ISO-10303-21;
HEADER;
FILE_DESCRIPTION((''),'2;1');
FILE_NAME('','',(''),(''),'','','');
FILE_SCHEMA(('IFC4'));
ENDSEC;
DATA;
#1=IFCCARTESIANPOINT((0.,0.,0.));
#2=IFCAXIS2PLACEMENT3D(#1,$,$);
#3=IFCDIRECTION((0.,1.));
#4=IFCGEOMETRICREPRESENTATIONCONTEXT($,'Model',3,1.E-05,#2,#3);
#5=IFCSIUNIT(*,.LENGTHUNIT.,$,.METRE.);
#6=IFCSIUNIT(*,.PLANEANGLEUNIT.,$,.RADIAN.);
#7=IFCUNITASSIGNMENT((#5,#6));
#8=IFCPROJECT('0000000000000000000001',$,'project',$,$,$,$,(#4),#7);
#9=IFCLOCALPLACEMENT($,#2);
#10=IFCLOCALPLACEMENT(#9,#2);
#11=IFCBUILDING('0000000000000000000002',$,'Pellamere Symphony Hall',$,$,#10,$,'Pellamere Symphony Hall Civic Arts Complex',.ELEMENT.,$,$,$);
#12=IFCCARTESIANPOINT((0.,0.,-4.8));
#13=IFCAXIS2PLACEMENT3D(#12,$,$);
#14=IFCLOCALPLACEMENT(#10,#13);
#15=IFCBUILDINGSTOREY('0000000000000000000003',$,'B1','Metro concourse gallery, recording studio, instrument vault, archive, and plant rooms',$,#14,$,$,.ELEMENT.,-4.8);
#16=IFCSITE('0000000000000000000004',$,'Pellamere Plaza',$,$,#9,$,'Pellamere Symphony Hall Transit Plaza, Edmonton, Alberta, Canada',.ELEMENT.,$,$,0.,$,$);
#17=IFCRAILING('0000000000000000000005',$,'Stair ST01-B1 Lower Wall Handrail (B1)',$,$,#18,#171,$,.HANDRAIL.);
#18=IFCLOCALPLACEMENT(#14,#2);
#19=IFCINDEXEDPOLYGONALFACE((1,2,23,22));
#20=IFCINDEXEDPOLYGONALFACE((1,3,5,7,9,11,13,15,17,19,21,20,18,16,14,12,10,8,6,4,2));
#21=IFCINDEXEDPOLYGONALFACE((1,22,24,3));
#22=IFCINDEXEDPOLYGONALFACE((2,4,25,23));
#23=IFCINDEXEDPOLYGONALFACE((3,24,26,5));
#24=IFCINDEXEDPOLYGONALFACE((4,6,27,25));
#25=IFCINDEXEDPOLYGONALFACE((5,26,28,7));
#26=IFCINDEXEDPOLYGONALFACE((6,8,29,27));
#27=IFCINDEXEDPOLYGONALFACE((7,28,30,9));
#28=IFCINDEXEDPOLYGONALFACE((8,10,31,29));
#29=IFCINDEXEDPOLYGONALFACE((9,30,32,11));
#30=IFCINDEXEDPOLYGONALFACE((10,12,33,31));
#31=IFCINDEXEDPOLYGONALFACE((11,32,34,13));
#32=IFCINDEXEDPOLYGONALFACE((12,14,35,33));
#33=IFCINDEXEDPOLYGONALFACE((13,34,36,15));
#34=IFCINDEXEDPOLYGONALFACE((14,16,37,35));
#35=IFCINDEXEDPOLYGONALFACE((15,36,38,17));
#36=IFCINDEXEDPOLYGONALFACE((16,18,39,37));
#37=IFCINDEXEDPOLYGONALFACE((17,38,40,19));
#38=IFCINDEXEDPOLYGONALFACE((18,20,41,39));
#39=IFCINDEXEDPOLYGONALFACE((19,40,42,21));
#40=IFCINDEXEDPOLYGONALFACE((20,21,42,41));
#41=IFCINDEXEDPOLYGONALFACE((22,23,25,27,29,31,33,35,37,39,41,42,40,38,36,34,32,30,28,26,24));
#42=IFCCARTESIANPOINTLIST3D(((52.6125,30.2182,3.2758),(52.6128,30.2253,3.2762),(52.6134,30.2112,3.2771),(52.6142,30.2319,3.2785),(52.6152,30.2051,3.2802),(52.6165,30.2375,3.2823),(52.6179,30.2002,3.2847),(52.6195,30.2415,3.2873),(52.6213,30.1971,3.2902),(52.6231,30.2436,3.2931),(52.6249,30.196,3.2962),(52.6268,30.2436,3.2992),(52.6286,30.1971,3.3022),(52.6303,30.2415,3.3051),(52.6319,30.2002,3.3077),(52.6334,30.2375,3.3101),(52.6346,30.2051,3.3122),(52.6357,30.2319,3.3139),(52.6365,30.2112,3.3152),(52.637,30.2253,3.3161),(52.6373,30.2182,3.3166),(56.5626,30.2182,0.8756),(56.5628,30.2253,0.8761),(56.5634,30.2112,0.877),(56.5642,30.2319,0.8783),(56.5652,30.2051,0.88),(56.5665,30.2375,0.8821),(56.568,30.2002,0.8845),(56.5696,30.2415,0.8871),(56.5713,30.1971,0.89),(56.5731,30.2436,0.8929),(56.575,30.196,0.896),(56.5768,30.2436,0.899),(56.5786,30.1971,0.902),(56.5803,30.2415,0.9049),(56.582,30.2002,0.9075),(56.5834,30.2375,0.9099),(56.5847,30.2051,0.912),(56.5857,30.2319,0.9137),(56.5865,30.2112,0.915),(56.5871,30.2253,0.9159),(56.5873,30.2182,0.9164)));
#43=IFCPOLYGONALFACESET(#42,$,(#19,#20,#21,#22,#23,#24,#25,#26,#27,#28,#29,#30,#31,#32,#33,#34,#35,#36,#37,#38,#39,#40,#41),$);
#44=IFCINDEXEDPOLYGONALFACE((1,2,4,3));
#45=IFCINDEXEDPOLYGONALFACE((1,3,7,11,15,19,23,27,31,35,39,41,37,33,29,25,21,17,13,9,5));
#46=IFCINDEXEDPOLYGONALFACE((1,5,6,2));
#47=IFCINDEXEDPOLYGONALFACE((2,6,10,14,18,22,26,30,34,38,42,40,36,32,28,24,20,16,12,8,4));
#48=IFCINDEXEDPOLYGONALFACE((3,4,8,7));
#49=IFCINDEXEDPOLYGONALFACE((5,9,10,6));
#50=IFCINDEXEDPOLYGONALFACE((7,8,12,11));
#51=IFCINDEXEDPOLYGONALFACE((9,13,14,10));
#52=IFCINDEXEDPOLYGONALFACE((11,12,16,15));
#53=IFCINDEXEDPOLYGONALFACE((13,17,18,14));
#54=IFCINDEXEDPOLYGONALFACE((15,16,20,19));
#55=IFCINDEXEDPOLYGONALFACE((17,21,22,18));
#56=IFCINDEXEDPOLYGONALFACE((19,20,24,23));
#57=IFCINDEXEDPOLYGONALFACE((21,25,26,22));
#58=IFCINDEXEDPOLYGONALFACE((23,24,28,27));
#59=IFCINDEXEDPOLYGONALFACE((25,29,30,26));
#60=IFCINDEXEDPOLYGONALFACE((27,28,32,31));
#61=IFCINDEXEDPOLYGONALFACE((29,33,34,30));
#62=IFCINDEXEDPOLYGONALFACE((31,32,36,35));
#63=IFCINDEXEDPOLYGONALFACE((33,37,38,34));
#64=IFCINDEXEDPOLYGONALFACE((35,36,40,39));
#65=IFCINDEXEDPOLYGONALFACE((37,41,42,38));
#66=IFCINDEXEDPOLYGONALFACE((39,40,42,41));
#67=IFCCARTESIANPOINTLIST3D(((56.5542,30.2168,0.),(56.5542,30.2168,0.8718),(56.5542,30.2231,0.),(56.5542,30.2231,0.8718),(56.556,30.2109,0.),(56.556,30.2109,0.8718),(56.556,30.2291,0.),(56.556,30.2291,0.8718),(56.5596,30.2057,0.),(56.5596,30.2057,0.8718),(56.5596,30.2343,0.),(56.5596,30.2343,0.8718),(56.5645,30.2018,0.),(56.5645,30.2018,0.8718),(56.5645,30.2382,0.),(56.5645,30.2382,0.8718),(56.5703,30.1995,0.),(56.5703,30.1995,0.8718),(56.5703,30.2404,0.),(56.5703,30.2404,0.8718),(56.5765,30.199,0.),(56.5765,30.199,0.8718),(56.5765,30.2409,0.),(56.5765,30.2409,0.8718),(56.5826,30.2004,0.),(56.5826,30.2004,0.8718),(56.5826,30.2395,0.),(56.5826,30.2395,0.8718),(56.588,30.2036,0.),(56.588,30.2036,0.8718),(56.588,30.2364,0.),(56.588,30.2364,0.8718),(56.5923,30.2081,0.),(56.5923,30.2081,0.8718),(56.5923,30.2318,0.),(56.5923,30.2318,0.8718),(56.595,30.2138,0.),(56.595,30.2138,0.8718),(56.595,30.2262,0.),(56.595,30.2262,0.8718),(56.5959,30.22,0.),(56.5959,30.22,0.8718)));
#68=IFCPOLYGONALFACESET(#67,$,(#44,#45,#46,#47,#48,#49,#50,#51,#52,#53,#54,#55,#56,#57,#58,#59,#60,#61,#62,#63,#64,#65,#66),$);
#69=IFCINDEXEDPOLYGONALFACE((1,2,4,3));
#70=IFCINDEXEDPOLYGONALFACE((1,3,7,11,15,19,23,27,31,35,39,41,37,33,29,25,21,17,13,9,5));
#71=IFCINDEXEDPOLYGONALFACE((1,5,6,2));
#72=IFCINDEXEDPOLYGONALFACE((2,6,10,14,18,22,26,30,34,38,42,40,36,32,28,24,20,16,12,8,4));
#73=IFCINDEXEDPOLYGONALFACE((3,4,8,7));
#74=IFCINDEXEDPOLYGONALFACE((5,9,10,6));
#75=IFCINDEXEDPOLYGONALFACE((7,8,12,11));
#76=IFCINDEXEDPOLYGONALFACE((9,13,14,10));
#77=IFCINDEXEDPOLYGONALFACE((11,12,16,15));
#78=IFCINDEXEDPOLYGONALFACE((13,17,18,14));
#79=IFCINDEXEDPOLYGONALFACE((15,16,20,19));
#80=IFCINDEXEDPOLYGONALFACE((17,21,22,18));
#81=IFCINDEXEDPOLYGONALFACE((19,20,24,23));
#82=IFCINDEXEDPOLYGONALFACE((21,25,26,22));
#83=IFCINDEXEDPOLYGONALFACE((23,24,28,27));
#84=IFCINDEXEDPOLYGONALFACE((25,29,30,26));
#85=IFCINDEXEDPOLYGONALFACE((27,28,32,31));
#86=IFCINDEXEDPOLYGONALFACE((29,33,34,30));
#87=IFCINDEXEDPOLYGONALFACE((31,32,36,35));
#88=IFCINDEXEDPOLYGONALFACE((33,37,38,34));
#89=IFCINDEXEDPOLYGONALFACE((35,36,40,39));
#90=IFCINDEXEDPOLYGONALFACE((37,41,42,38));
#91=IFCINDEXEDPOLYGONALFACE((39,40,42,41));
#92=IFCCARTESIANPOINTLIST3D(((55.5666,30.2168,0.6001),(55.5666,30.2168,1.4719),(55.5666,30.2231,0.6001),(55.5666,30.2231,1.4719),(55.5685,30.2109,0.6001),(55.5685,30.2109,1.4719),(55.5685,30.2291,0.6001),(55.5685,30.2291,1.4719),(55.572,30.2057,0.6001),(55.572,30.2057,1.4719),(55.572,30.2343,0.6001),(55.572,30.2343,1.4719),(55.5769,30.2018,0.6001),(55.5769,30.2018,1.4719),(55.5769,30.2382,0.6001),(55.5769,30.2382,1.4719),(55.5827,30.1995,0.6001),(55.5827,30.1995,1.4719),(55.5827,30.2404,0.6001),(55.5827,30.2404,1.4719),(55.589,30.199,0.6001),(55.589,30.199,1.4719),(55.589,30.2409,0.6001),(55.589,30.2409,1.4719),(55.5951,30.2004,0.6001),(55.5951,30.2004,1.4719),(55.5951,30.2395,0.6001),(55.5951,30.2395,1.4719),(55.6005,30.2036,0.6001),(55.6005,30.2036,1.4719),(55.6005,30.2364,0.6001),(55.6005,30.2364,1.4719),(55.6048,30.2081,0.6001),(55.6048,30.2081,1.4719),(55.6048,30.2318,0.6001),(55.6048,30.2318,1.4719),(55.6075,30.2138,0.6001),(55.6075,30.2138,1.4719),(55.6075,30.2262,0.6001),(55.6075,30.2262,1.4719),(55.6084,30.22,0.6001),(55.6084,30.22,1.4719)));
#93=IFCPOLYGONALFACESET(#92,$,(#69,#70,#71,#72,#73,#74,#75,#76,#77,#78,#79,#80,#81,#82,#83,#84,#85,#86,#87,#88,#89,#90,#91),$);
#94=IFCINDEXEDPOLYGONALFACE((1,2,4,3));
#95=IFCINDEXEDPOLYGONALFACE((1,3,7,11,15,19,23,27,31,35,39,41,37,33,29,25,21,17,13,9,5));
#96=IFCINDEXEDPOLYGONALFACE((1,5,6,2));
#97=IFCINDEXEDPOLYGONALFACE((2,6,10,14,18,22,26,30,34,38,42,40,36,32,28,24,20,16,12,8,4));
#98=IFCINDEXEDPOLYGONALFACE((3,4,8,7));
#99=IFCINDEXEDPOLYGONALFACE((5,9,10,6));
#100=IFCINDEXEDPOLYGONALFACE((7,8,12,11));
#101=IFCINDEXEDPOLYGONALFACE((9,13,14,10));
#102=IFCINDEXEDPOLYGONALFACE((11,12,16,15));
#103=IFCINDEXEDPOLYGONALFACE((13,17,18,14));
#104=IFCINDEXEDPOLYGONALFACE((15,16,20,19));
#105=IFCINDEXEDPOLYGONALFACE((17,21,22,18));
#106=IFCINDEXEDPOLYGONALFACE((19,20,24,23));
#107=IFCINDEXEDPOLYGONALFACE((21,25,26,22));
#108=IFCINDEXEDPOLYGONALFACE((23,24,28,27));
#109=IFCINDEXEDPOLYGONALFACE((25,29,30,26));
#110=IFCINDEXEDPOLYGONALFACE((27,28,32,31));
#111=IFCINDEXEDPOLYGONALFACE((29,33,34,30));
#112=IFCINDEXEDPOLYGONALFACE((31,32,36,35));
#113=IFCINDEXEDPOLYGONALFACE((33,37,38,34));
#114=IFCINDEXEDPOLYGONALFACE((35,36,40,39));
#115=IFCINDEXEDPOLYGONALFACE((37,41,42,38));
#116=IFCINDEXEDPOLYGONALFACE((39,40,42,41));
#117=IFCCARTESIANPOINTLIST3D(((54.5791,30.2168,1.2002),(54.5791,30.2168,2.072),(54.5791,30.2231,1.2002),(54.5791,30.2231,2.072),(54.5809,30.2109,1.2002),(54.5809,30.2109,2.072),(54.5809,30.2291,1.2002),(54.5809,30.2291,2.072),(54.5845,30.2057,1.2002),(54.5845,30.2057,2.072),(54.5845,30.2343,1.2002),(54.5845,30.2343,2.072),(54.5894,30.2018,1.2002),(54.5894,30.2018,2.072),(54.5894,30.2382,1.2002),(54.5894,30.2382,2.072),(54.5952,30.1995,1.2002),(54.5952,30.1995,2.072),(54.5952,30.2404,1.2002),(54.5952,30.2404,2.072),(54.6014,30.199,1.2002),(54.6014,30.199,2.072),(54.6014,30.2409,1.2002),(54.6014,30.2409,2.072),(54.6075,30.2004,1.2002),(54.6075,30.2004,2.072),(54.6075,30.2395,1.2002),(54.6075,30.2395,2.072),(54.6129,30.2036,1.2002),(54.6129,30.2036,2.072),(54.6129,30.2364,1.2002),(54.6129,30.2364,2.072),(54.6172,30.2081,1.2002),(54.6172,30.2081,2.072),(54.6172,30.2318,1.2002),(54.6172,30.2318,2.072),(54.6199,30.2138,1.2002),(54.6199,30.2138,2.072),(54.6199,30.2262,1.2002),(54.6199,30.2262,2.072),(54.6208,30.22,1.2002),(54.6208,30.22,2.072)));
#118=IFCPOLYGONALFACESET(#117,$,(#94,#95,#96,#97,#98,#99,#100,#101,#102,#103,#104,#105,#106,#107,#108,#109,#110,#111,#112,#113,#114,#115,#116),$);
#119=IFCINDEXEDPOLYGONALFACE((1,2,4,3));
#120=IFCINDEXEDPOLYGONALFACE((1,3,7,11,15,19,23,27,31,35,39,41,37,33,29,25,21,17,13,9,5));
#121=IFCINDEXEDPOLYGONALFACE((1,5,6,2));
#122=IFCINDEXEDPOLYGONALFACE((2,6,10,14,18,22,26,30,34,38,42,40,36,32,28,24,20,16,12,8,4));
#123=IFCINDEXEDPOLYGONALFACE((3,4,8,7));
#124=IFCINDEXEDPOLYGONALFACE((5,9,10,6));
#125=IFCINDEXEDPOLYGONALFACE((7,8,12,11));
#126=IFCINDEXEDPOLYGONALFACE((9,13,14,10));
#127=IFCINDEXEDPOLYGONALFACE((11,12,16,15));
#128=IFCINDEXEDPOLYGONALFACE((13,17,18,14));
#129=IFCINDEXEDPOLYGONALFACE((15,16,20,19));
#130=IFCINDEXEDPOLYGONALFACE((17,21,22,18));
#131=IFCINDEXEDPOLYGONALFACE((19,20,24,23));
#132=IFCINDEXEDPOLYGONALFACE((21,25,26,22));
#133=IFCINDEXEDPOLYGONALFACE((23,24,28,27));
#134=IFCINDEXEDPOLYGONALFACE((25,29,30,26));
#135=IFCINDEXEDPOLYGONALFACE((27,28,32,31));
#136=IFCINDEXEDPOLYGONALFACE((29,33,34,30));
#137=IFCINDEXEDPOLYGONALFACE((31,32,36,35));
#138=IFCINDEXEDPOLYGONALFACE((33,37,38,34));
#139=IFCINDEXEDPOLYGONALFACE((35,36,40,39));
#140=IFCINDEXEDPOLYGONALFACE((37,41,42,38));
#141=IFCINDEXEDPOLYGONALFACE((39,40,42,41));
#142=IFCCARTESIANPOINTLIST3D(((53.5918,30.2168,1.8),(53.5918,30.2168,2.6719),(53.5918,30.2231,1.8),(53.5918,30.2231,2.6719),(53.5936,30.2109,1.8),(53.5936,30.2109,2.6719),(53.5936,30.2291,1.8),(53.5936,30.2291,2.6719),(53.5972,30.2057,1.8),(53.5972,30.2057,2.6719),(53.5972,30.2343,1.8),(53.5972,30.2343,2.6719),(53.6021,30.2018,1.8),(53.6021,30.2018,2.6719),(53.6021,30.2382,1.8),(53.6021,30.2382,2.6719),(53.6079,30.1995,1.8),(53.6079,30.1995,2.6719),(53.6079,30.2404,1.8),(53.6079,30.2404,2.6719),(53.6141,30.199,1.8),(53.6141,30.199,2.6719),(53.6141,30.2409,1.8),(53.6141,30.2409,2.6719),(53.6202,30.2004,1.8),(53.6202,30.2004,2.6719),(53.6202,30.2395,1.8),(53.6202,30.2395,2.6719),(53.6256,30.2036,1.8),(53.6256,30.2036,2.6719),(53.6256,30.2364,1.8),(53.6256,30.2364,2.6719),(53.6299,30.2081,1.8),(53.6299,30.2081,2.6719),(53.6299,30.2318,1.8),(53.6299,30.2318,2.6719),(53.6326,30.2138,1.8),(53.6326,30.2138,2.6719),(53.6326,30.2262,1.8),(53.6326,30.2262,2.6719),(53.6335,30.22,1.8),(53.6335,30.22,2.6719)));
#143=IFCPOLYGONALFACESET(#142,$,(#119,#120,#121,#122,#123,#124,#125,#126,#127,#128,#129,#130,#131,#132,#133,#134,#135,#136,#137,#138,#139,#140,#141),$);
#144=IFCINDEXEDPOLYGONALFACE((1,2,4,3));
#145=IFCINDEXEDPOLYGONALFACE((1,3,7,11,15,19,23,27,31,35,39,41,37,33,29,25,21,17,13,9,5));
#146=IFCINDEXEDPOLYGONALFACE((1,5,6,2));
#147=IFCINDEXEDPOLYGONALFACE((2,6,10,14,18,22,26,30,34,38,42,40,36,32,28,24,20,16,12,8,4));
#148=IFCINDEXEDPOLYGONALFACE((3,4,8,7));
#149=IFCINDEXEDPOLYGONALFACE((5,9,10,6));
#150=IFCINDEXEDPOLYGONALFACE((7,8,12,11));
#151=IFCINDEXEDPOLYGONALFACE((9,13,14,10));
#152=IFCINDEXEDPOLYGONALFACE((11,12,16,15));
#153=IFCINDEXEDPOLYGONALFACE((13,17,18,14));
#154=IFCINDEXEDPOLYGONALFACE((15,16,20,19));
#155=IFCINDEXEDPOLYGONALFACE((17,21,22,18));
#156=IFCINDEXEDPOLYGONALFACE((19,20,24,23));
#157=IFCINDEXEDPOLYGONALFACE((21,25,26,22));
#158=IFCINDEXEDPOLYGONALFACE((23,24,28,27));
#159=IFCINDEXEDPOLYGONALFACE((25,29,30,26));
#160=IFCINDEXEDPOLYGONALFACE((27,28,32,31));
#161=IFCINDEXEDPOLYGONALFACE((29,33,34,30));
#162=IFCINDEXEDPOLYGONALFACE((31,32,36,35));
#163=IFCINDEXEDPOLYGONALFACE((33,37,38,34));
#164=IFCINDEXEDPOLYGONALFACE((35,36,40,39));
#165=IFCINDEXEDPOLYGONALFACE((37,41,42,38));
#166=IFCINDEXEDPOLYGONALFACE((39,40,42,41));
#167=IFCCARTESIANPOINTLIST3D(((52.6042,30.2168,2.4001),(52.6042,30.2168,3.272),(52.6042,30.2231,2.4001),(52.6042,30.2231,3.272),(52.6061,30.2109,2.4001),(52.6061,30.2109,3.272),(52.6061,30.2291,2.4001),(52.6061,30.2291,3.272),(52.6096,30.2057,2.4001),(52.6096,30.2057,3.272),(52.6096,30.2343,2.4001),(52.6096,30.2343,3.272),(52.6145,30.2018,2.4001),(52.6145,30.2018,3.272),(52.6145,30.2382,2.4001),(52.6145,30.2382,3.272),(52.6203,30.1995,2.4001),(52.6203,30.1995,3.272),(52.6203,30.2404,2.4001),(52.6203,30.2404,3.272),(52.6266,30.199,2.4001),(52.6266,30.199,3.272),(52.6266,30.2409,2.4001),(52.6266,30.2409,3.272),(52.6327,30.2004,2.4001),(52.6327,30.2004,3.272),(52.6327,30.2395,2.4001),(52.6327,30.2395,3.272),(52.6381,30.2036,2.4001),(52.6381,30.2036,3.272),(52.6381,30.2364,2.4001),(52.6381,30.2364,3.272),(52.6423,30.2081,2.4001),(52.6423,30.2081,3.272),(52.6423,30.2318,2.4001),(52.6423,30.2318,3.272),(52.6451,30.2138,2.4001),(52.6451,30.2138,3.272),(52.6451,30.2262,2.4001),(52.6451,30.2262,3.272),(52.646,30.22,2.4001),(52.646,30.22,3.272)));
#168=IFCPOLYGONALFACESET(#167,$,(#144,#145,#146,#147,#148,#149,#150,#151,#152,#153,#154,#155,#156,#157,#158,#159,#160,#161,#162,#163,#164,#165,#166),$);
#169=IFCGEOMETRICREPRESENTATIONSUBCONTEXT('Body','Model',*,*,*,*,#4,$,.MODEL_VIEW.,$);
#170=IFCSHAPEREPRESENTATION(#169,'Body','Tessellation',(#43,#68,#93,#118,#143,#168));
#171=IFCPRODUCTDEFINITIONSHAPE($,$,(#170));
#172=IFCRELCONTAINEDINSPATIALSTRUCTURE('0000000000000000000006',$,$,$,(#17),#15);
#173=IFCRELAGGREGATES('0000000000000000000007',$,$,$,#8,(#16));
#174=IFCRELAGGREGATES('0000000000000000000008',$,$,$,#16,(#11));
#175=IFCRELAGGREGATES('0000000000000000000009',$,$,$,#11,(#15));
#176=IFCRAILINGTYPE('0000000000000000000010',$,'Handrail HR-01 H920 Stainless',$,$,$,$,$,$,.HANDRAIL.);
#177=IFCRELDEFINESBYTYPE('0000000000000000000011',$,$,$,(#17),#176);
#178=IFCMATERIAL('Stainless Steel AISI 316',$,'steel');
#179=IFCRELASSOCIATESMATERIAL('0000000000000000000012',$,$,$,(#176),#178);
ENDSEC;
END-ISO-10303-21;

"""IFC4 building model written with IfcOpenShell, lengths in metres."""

from ifc_helpers import new_model, si_unit, direction, frame, origin, origin_2d, place, context, subcontext, project, spatial, circle, extrude, material, type_object, element, save


model = new_model("IFC4")

# Units and contexts
model_context = context("Model", 3, precision=1e-05, world=origin(), true_north=direction((0.0, 1.0)))
body_context = subcontext(model_context, "Body", "Model", "MODEL_VIEW")
ifc_project = project(units=[si_unit("LENGTHUNIT", "METRE"), si_unit("PLANEANGLEUNIT", "RADIAN")], contexts=[model_context])

# Site, building, storey
site_placement = place(None, origin())
site = spatial("IfcSite", under=ifc_project, at=site_placement, Name="Pellamere Plaza", LongName="Pellamere Symphony Hall Transit Plaza, Edmonton, Alberta, Canada", CompositionType="ELEMENT", RefElevation=0.0)
building_placement = place(site_placement, origin())
building = spatial("IfcBuilding", under=site, at=building_placement, Name="Pellamere Symphony Hall", LongName="Pellamere Symphony Hall Civic Arts Complex", CompositionType="ELEMENT")
storey_placement = place(building_placement, frame((0.0, 0.0, -4.8)))
storey = spatial("IfcBuildingStorey", under=building, at=storey_placement, Name="B1", Description="Metro concourse gallery, recording studio, instrument vault, archive, and plant rooms", CompositionType="ELEMENT", Elevation=-4.8)

# Railing
ifc_material_1 = material(Name="Stainless Steel AISI 316", Category="steel")
railing_type_1 = type_object("IfcRailingType", Name="Handrail HR-01 H920 Stainless", PredefinedType="HANDRAIL", material=ifc_material_1)
railing_1_placement = place(storey_placement, frame((56.575, 30.22, 0.0)))
element("IfcRailing", 1, at=railing_1_placement, inside=storey, type_object=railing_type_1, Name="Stair ST01-B1 Lower Wall Handrail (B1)", PredefinedType="HANDRAIL", context=body_context, shape_type="SweptSolid", body=[
    extrude(circle(Radius=0.0239, at=origin_2d()), frame((0.0, 0.0, 0.896), z_axis=(-0.854599, 0.0, 0.519288), x_axis=(0.0, -1.0, 0.0)), (0.0, 0.0, 1.0), 4.6221),
    extrude(circle(Radius=0.021, at=origin_2d()), origin(), (0.0, 0.0, 1.0), 0.8718),
    extrude(circle(Radius=0.021, at=origin_2d()), frame((-0.9875, 0.0, 0.6001)), (0.0, 0.0, 1.0), 0.8718),
    extrude(circle(Radius=0.021, at=origin_2d()), frame((-1.9751, 0.0, 1.2002)), (0.0, 0.0, 1.0), 0.8718),
    extrude(circle(Radius=0.021, at=origin_2d()), frame((-2.9624, 0.0, 1.8)), (0.0, 0.0, 1.0), 0.8718),
    extrude(circle(Radius=0.021, at=origin_2d()), frame((-3.95, 0.0, 2.4001)), (0.0, 0.0, 1.0), 0.8718),
])

save(model, "model.ifc")
